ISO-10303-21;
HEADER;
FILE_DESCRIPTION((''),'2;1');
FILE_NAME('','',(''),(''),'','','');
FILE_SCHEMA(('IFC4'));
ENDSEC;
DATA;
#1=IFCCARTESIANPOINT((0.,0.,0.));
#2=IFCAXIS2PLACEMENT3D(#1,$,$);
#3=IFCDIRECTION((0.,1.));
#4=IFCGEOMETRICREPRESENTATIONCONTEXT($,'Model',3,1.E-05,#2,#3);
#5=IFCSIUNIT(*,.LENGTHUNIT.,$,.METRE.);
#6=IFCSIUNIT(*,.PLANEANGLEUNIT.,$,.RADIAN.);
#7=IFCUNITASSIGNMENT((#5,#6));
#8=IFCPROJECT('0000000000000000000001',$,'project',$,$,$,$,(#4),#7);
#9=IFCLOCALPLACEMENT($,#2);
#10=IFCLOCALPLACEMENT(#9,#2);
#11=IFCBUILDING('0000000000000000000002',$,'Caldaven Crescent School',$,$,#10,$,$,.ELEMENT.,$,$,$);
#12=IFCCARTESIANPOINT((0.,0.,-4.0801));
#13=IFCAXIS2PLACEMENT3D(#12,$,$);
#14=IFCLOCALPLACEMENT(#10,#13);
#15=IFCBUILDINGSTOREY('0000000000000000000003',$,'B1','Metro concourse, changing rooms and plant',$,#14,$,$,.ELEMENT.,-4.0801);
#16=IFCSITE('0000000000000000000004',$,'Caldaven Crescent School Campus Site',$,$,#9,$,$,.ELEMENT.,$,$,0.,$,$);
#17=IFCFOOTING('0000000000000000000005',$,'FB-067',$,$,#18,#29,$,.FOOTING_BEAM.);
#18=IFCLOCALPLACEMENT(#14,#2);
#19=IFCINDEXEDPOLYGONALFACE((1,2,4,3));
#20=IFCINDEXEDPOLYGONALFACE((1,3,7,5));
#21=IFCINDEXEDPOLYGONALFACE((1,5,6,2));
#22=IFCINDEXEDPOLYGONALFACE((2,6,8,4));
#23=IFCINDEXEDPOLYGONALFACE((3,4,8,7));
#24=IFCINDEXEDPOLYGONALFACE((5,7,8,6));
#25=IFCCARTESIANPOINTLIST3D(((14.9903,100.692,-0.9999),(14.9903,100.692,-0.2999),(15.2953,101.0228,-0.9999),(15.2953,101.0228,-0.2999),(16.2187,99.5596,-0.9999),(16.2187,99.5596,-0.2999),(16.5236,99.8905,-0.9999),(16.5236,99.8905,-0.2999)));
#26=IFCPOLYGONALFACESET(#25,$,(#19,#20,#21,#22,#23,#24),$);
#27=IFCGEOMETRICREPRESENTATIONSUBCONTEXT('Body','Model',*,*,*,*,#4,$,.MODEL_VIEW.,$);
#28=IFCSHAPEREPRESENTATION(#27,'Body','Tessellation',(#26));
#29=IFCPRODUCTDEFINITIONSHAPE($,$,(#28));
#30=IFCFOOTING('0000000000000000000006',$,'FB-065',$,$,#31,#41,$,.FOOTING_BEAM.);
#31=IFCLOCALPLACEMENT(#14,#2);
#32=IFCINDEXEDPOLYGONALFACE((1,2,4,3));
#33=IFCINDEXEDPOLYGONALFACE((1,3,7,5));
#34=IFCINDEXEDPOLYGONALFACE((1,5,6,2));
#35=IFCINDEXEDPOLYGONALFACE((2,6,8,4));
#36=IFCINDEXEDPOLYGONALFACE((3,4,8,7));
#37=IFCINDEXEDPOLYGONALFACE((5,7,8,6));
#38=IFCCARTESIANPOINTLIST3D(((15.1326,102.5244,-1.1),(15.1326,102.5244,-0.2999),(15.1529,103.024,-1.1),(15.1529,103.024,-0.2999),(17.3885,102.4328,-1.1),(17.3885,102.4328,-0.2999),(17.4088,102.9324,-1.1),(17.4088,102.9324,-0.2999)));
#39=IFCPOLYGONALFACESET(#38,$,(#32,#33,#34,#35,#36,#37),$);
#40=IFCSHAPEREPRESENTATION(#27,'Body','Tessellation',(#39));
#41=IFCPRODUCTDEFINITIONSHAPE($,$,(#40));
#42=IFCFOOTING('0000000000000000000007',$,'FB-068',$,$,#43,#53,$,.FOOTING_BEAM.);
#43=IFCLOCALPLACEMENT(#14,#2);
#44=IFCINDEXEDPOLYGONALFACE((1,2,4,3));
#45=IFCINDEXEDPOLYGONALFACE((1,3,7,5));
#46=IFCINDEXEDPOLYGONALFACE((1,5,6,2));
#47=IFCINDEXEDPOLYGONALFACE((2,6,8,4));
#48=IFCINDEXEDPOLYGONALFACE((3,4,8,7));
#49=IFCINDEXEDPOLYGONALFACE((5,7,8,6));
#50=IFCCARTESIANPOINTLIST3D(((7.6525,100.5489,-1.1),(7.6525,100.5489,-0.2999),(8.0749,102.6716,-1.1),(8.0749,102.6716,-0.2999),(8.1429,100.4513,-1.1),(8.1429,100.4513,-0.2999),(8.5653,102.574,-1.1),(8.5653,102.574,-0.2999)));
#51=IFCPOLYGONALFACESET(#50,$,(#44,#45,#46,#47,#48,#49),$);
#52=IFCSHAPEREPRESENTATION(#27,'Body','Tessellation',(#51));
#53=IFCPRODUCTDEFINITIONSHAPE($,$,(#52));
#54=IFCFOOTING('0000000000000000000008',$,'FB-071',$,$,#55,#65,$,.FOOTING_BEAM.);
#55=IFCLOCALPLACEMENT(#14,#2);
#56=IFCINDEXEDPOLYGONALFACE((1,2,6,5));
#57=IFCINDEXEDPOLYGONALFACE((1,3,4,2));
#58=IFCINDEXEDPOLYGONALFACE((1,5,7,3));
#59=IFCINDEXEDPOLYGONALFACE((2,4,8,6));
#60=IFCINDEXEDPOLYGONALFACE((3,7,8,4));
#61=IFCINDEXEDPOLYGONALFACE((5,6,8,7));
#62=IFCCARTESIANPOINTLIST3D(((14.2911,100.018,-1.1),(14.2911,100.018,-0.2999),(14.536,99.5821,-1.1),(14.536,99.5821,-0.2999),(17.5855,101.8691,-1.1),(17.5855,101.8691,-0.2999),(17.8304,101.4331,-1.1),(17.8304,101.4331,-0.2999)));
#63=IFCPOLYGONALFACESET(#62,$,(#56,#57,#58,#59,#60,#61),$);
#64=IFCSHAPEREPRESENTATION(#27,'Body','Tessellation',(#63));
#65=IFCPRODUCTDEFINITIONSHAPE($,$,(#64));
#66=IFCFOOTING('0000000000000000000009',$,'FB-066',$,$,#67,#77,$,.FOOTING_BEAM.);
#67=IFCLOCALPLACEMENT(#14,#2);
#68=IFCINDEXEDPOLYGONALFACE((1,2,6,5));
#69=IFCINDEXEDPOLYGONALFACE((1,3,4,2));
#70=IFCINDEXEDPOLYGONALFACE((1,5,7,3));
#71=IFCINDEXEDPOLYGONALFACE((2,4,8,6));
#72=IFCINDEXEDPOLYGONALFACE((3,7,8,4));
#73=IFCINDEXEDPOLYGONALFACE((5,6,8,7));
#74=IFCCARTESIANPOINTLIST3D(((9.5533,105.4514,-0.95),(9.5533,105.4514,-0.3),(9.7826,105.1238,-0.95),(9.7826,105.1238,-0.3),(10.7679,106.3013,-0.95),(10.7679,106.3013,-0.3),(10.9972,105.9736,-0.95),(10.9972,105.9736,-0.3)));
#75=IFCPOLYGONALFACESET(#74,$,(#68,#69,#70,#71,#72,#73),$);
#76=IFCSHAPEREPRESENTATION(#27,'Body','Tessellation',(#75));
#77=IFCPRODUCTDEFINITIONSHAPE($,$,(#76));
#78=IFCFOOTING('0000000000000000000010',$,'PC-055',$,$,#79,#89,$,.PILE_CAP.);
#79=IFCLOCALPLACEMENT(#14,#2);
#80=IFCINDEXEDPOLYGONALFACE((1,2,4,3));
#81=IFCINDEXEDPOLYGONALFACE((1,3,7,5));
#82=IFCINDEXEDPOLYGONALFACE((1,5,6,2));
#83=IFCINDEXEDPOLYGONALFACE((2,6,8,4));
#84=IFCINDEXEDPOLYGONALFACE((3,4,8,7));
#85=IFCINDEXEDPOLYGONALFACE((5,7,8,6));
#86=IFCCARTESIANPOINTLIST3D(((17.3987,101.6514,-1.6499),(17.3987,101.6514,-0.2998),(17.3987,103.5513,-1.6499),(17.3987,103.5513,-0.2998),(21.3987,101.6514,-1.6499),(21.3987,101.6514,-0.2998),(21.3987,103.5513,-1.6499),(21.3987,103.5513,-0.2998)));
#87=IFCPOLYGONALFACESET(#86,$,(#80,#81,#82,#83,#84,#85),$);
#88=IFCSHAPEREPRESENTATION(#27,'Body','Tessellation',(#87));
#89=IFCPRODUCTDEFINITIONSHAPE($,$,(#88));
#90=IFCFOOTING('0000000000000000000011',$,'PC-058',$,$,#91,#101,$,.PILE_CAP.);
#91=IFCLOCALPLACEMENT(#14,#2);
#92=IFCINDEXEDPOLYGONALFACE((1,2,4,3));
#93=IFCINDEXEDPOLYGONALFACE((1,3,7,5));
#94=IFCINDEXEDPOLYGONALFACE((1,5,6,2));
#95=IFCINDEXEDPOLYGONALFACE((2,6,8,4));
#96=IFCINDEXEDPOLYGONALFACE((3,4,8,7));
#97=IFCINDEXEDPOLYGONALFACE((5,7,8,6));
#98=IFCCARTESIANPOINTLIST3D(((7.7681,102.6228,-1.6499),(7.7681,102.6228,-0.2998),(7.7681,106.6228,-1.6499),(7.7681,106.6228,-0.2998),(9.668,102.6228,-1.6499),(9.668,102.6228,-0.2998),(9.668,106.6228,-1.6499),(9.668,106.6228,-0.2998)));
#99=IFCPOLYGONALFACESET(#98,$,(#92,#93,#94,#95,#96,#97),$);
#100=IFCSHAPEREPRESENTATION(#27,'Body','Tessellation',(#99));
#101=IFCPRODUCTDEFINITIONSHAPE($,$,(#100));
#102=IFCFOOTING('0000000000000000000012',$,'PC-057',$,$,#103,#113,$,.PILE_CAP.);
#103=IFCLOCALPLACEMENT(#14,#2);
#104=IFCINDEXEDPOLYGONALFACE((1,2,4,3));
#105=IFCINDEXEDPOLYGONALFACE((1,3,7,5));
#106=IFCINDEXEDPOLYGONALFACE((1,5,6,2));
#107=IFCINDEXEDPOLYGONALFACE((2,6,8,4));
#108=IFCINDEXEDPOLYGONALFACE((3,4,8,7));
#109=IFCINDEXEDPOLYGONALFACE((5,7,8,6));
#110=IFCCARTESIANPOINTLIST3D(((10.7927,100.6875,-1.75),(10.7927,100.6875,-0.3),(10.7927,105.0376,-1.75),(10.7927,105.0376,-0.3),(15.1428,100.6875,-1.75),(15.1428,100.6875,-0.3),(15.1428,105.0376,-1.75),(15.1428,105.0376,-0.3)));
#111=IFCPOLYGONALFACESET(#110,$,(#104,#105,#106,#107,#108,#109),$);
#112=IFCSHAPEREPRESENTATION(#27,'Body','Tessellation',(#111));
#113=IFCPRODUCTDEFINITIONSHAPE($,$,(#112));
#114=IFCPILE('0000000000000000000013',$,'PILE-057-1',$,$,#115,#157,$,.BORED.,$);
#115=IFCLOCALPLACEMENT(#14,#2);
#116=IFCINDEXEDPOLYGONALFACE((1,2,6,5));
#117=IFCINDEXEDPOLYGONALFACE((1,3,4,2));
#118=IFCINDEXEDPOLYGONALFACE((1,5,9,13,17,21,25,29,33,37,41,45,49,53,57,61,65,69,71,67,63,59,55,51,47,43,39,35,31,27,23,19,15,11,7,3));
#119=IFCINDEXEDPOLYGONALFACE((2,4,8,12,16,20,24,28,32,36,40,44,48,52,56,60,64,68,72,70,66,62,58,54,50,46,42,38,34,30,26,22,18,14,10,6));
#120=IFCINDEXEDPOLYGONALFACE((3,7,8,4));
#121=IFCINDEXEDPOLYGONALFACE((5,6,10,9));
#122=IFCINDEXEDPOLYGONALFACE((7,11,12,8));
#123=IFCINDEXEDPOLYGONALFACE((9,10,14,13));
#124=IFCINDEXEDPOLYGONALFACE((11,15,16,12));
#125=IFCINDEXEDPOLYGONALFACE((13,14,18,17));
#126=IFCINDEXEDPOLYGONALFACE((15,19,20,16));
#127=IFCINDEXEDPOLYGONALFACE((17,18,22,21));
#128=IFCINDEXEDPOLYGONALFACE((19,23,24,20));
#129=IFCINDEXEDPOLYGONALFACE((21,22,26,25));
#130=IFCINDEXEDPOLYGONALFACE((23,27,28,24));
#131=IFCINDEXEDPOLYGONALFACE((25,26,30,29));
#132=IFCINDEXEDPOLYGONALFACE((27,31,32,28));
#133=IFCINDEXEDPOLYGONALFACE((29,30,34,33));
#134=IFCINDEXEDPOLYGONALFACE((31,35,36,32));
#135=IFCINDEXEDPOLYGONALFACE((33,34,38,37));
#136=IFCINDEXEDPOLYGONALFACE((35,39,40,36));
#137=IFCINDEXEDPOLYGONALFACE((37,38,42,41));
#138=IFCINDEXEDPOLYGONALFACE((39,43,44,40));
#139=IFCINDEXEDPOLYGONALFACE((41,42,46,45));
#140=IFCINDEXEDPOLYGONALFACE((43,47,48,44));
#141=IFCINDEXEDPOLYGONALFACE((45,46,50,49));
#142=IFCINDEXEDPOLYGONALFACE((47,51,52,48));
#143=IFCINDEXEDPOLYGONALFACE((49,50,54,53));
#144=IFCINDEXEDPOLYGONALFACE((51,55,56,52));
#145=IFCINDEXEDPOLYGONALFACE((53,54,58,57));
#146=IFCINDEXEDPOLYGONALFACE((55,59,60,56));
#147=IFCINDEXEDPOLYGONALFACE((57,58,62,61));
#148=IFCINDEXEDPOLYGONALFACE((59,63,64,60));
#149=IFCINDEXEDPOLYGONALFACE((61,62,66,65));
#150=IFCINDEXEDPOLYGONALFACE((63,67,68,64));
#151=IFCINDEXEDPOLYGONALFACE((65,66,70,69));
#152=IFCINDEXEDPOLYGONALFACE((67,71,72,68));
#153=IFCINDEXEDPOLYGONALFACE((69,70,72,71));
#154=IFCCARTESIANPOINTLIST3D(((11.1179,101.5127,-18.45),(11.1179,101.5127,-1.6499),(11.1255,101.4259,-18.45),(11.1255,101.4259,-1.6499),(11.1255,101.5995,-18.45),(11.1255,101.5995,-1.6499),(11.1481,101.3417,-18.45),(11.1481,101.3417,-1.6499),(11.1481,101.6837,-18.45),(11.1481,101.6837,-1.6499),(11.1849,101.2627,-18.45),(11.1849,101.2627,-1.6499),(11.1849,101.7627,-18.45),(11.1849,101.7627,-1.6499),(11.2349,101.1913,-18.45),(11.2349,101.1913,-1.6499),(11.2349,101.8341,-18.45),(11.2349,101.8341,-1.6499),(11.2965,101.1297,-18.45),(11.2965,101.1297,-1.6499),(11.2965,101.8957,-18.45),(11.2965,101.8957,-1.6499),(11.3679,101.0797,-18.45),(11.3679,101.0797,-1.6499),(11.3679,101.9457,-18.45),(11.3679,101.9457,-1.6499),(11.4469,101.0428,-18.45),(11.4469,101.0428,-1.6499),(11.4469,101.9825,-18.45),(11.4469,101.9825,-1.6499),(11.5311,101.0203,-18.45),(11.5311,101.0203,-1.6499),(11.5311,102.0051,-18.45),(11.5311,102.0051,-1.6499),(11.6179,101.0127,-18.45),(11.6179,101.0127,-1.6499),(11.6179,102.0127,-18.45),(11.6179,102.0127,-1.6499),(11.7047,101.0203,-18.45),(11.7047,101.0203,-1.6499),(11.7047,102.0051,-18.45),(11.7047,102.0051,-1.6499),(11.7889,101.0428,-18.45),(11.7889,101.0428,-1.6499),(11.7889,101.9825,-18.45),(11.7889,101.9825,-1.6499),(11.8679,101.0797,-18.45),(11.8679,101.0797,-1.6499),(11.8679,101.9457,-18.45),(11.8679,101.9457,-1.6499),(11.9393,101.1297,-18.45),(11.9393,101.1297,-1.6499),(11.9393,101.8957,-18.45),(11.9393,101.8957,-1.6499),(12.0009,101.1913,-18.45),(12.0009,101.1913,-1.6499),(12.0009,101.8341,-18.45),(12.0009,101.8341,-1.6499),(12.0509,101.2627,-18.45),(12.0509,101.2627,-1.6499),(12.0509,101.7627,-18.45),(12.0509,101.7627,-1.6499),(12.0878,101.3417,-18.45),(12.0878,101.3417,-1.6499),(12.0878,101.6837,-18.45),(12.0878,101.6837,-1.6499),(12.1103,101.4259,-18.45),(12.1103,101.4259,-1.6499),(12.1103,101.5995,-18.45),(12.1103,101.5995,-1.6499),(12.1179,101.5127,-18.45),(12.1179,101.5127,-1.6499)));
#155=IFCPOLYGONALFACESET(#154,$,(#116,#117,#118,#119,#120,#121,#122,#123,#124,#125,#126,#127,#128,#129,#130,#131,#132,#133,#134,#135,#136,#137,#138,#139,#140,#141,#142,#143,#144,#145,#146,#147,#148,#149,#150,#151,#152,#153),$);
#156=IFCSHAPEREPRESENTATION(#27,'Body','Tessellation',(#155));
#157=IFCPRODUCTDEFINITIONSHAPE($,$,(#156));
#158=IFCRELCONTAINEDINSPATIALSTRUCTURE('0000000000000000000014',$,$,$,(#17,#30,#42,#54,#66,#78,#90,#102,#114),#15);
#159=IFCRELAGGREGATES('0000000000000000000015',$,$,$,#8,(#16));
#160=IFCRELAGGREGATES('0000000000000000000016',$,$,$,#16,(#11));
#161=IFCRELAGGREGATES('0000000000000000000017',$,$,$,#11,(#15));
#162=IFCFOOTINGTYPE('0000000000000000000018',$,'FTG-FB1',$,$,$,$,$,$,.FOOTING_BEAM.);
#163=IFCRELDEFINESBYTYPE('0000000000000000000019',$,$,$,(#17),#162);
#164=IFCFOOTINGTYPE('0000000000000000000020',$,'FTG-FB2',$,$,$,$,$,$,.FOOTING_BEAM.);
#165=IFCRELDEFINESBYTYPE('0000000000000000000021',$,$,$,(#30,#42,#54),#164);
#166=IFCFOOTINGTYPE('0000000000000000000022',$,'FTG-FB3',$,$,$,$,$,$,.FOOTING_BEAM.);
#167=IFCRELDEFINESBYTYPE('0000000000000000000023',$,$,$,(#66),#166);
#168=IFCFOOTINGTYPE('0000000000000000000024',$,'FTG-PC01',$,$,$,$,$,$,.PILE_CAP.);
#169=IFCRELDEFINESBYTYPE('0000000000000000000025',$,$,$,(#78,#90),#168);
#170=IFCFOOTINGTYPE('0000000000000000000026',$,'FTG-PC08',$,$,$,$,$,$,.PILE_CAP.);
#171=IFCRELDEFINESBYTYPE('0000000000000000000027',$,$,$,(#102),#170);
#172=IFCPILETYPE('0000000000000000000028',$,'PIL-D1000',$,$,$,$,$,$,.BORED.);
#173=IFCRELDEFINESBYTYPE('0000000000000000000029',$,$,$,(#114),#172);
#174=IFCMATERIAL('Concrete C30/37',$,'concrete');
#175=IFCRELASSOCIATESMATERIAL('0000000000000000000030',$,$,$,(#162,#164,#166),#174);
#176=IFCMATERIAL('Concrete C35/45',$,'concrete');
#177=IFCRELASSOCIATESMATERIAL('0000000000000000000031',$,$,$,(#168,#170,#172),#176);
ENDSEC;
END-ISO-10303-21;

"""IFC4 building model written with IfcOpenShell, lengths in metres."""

from ifc_helpers import new_model, si_unit, direction, frame, origin, origin_2d, place, context, subcontext, project, spatial, rectangle, circle, extrude, material, material_profile, profile_set, type_object, element, save


model = new_model("IFC4")

# Units and contexts
model_context = context("Model", 3, precision=1e-05, world=origin(), true_north=direction((0.0, 1.0)))
body_context = subcontext(model_context, "Body", "Model", "MODEL_VIEW")
ifc_project = project(units=[si_unit("LENGTHUNIT", "METRE"), si_unit("PLANEANGLEUNIT", "RADIAN")], contexts=[model_context])

# Site, building, storey
site_placement = place(None, origin())
site = spatial("IfcSite", under=ifc_project, at=site_placement, Name="Caldaven Crescent School Campus Site", CompositionType="ELEMENT", RefElevation=0.0)
building_placement = place(site_placement, origin())
building = spatial("IfcBuilding", under=site, at=building_placement, Name="Caldaven Crescent School", CompositionType="ELEMENT")
storey_placement = place(building_placement, frame((0.0, 0.0, -4.0801)))
storey = spatial("IfcBuildingStorey", under=building, at=storey_placement, Name="B1", Description="Metro concourse, changing rooms and plant", CompositionType="ELEMENT", Elevation=-4.0801)

# Footings
ifc_material_1 = material(Name="Concrete C30/37", Category="concrete")
ifc_material_profile_1 = material_profile(ifc_material_1, rectangle(XDim=0.45, YDim=0.7, at=origin_2d()), Name="FB 450x700")
ifc_profile_set_1 = profile_set([ifc_material_profile_1], Name="Concrete C30/37")
footing_type_1 = type_object("IfcFootingType", Name="FTG-FB1", PredefinedType="FOOTING_BEAM", material=ifc_profile_set_1)
footing_1_placement = place(storey_placement, frame((15.1428, 100.8574, -0.6499), z_axis=(0.73524, -0.677807, 0.0), x_axis=(0.677807, 0.73524, 0.0)))
element("IfcFooting", 1, at=footing_1_placement, inside=storey, type_object=footing_type_1, Name="FB-067", PredefinedType="FOOTING_BEAM", context=body_context, shape_type="SweptSolid", body=[
    extrude(rectangle(XDim=0.45, YDim=0.7, at=origin_2d()), origin(), (0.0, 0.0, 1.0), 1.6707),
])
ifc_material_profile_2 = material_profile(ifc_material_1, rectangle(XDim=0.5, YDim=0.8, at=origin_2d()), Name="FB 500x800")
ifc_profile_set_2 = profile_set([ifc_material_profile_2], Name="Concrete C30/37")
footing_type_2 = type_object("IfcFootingType", Name="FTG-FB2", PredefinedType="FOOTING_BEAM", material=ifc_profile_set_2)
footing_2_placement = place(storey_placement, frame((17.3987, 102.6826, -0.7), z_axis=(-0.999177, 0.040551, 0.0), x_axis=(-0.040551, -0.999177, 0.0)))
element("IfcFooting", 2, at=footing_2_placement, inside=storey, type_object=footing_type_2, Name="FB-065", PredefinedType="FOOTING_BEAM", context=body_context, shape_type="SweptSolid", body=[
    extrude(rectangle(XDim=0.5, YDim=0.8, at=origin_2d()), origin(), (0.0, 0.0, 1.0), 2.2578),
])
footing_3_placement = place(storey_placement, frame((8.3201, 102.6228, -0.7), z_axis=(-0.19514, -0.980775, 0.0), x_axis=(0.980775, -0.19514, 0.0)))
element("IfcFooting", 3, at=footing_3_placement, inside=storey, type_object=footing_type_2, Name="FB-068", PredefinedType="FOOTING_BEAM", context=body_context, shape_type="SweptSolid", body=[
    extrude(rectangle(XDim=0.5, YDim=0.8, at=origin_2d()), origin(), (0.0, 0.0, 1.0), 2.1643),
])
footing_4_placement = place(storey_placement, frame((14.4136, 99.8, -0.7), z_axis=(0.871807, 0.48985, 0.0), x_axis=(-0.48985, 0.871807, 0.0)))
element("IfcFooting", 4, at=footing_4_placement, inside=storey, type_object=footing_type_2, Name="FB-071", PredefinedType="FOOTING_BEAM", context=body_context, shape_type="SweptSolid", body=[
    extrude(rectangle(XDim=0.5, YDim=0.8, at=origin_2d()), origin(), (0.0, 0.0, 1.0), 3.7788),
])
ifc_material_profile_3 = material_profile(ifc_material_1, rectangle(XDim=0.3999, YDim=0.6499, at=origin_2d()), Name="FB 400x650")
ifc_profile_set_3 = profile_set([ifc_material_profile_3], Name="Concrete C30/37")
footing_type_3 = type_object("IfcFootingType", Name="FTG-FB3", PredefinedType="FOOTING_BEAM", material=ifc_profile_set_3)
footing_5_placement = place(storey_placement, frame((10.8826, 106.1375, -0.625), z_axis=(-0.819348, -0.573297, 0.0), x_axis=(0.573297, -0.819348, 0.0)))
element("IfcFooting", 5, at=footing_5_placement, inside=storey, type_object=footing_type_3, Name="FB-066", PredefinedType="FOOTING_BEAM", context=body_context, shape_type="SweptSolid", body=[
    extrude(rectangle(XDim=0.3999, YDim=0.6499, at=origin_2d()), origin(), (0.0, 0.0, 1.0), 1.4824),
])
ifc_material_2 = material(Name="Concrete C35/45", Category="concrete")
footing_type_4 = type_object("IfcFootingType", Name="FTG-PC01", PredefinedType="PILE_CAP", material=ifc_material_2)
for number, where, z_axis, x_axis, name in (
    (6, (19.3987, 102.6013, -1.6499), (0.0, 0.0, 1.0), (1.0, 0.0, 0.0), "PC-055"),
    (7, (8.718, 104.6228, -1.6499), (0.0, 0.0, 1.0), (0.0, 1.0, 0.0), "PC-058"),
):
    element("IfcFooting", number, at=place(storey_placement, frame(where, z_axis=z_axis, x_axis=x_axis)), inside=storey, type_object=footing_type_4, Name=name, PredefinedType="PILE_CAP", context=body_context, shape_type="SweptSolid", body=[
        extrude(rectangle(XDim=4.0, YDim=1.8999, at=origin_2d()), origin(), (0.0, 0.0, 1.0), 1.3501),
    ])
footing_type_5 = type_object("IfcFootingType", Name="FTG-PC08", PredefinedType="PILE_CAP", material=ifc_material_2)
footing_6_placement = place(storey_placement, frame((12.9678, 102.8625, -1.75), z_axis=(0.0, 0.0, 1.0), x_axis=(1.0, 0.0, 0.0)))
element("IfcFooting", 8, at=footing_6_placement, inside=storey, type_object=footing_type_5, Name="PC-057", PredefinedType="PILE_CAP", context=body_context, shape_type="SweptSolid", body=[
    extrude(rectangle(XDim=4.3501, YDim=4.3501, at=origin_2d()), origin(), (0.0, 0.0, 1.0), 1.45),
])

# Pile
ifc_material_profile_4 = material_profile(ifc_material_2, circle(Radius=0.5, at=origin_2d()), Name="PILE D1000")
ifc_profile_set_4 = profile_set([ifc_material_profile_4], Name="Concrete C35/45")
pile_type_1 = type_object("IfcPileType", Name="PIL-D1000", PredefinedType="BORED", material=ifc_profile_set_4)
for number, where, z_axis, x_axis, name in (
    (9, (11.6179, 101.5127, -1.6499), (0.0, 0.0, -1.0), (1.0, 0.0, 0.0), "PILE-057-1"),
):
    element("IfcPile", number, at=place(storey_placement, frame(where, z_axis=z_axis, x_axis=x_axis)), inside=storey, type_object=pile_type_1, Name=name, PredefinedType="BORED", context=body_context, shape_type="SweptSolid", body=[
        extrude(circle(Radius=0.5, at=origin_2d()), origin(), (0.0, 0.0, 1.0), 16.8),
    ])

save(model, "model.ifc")
